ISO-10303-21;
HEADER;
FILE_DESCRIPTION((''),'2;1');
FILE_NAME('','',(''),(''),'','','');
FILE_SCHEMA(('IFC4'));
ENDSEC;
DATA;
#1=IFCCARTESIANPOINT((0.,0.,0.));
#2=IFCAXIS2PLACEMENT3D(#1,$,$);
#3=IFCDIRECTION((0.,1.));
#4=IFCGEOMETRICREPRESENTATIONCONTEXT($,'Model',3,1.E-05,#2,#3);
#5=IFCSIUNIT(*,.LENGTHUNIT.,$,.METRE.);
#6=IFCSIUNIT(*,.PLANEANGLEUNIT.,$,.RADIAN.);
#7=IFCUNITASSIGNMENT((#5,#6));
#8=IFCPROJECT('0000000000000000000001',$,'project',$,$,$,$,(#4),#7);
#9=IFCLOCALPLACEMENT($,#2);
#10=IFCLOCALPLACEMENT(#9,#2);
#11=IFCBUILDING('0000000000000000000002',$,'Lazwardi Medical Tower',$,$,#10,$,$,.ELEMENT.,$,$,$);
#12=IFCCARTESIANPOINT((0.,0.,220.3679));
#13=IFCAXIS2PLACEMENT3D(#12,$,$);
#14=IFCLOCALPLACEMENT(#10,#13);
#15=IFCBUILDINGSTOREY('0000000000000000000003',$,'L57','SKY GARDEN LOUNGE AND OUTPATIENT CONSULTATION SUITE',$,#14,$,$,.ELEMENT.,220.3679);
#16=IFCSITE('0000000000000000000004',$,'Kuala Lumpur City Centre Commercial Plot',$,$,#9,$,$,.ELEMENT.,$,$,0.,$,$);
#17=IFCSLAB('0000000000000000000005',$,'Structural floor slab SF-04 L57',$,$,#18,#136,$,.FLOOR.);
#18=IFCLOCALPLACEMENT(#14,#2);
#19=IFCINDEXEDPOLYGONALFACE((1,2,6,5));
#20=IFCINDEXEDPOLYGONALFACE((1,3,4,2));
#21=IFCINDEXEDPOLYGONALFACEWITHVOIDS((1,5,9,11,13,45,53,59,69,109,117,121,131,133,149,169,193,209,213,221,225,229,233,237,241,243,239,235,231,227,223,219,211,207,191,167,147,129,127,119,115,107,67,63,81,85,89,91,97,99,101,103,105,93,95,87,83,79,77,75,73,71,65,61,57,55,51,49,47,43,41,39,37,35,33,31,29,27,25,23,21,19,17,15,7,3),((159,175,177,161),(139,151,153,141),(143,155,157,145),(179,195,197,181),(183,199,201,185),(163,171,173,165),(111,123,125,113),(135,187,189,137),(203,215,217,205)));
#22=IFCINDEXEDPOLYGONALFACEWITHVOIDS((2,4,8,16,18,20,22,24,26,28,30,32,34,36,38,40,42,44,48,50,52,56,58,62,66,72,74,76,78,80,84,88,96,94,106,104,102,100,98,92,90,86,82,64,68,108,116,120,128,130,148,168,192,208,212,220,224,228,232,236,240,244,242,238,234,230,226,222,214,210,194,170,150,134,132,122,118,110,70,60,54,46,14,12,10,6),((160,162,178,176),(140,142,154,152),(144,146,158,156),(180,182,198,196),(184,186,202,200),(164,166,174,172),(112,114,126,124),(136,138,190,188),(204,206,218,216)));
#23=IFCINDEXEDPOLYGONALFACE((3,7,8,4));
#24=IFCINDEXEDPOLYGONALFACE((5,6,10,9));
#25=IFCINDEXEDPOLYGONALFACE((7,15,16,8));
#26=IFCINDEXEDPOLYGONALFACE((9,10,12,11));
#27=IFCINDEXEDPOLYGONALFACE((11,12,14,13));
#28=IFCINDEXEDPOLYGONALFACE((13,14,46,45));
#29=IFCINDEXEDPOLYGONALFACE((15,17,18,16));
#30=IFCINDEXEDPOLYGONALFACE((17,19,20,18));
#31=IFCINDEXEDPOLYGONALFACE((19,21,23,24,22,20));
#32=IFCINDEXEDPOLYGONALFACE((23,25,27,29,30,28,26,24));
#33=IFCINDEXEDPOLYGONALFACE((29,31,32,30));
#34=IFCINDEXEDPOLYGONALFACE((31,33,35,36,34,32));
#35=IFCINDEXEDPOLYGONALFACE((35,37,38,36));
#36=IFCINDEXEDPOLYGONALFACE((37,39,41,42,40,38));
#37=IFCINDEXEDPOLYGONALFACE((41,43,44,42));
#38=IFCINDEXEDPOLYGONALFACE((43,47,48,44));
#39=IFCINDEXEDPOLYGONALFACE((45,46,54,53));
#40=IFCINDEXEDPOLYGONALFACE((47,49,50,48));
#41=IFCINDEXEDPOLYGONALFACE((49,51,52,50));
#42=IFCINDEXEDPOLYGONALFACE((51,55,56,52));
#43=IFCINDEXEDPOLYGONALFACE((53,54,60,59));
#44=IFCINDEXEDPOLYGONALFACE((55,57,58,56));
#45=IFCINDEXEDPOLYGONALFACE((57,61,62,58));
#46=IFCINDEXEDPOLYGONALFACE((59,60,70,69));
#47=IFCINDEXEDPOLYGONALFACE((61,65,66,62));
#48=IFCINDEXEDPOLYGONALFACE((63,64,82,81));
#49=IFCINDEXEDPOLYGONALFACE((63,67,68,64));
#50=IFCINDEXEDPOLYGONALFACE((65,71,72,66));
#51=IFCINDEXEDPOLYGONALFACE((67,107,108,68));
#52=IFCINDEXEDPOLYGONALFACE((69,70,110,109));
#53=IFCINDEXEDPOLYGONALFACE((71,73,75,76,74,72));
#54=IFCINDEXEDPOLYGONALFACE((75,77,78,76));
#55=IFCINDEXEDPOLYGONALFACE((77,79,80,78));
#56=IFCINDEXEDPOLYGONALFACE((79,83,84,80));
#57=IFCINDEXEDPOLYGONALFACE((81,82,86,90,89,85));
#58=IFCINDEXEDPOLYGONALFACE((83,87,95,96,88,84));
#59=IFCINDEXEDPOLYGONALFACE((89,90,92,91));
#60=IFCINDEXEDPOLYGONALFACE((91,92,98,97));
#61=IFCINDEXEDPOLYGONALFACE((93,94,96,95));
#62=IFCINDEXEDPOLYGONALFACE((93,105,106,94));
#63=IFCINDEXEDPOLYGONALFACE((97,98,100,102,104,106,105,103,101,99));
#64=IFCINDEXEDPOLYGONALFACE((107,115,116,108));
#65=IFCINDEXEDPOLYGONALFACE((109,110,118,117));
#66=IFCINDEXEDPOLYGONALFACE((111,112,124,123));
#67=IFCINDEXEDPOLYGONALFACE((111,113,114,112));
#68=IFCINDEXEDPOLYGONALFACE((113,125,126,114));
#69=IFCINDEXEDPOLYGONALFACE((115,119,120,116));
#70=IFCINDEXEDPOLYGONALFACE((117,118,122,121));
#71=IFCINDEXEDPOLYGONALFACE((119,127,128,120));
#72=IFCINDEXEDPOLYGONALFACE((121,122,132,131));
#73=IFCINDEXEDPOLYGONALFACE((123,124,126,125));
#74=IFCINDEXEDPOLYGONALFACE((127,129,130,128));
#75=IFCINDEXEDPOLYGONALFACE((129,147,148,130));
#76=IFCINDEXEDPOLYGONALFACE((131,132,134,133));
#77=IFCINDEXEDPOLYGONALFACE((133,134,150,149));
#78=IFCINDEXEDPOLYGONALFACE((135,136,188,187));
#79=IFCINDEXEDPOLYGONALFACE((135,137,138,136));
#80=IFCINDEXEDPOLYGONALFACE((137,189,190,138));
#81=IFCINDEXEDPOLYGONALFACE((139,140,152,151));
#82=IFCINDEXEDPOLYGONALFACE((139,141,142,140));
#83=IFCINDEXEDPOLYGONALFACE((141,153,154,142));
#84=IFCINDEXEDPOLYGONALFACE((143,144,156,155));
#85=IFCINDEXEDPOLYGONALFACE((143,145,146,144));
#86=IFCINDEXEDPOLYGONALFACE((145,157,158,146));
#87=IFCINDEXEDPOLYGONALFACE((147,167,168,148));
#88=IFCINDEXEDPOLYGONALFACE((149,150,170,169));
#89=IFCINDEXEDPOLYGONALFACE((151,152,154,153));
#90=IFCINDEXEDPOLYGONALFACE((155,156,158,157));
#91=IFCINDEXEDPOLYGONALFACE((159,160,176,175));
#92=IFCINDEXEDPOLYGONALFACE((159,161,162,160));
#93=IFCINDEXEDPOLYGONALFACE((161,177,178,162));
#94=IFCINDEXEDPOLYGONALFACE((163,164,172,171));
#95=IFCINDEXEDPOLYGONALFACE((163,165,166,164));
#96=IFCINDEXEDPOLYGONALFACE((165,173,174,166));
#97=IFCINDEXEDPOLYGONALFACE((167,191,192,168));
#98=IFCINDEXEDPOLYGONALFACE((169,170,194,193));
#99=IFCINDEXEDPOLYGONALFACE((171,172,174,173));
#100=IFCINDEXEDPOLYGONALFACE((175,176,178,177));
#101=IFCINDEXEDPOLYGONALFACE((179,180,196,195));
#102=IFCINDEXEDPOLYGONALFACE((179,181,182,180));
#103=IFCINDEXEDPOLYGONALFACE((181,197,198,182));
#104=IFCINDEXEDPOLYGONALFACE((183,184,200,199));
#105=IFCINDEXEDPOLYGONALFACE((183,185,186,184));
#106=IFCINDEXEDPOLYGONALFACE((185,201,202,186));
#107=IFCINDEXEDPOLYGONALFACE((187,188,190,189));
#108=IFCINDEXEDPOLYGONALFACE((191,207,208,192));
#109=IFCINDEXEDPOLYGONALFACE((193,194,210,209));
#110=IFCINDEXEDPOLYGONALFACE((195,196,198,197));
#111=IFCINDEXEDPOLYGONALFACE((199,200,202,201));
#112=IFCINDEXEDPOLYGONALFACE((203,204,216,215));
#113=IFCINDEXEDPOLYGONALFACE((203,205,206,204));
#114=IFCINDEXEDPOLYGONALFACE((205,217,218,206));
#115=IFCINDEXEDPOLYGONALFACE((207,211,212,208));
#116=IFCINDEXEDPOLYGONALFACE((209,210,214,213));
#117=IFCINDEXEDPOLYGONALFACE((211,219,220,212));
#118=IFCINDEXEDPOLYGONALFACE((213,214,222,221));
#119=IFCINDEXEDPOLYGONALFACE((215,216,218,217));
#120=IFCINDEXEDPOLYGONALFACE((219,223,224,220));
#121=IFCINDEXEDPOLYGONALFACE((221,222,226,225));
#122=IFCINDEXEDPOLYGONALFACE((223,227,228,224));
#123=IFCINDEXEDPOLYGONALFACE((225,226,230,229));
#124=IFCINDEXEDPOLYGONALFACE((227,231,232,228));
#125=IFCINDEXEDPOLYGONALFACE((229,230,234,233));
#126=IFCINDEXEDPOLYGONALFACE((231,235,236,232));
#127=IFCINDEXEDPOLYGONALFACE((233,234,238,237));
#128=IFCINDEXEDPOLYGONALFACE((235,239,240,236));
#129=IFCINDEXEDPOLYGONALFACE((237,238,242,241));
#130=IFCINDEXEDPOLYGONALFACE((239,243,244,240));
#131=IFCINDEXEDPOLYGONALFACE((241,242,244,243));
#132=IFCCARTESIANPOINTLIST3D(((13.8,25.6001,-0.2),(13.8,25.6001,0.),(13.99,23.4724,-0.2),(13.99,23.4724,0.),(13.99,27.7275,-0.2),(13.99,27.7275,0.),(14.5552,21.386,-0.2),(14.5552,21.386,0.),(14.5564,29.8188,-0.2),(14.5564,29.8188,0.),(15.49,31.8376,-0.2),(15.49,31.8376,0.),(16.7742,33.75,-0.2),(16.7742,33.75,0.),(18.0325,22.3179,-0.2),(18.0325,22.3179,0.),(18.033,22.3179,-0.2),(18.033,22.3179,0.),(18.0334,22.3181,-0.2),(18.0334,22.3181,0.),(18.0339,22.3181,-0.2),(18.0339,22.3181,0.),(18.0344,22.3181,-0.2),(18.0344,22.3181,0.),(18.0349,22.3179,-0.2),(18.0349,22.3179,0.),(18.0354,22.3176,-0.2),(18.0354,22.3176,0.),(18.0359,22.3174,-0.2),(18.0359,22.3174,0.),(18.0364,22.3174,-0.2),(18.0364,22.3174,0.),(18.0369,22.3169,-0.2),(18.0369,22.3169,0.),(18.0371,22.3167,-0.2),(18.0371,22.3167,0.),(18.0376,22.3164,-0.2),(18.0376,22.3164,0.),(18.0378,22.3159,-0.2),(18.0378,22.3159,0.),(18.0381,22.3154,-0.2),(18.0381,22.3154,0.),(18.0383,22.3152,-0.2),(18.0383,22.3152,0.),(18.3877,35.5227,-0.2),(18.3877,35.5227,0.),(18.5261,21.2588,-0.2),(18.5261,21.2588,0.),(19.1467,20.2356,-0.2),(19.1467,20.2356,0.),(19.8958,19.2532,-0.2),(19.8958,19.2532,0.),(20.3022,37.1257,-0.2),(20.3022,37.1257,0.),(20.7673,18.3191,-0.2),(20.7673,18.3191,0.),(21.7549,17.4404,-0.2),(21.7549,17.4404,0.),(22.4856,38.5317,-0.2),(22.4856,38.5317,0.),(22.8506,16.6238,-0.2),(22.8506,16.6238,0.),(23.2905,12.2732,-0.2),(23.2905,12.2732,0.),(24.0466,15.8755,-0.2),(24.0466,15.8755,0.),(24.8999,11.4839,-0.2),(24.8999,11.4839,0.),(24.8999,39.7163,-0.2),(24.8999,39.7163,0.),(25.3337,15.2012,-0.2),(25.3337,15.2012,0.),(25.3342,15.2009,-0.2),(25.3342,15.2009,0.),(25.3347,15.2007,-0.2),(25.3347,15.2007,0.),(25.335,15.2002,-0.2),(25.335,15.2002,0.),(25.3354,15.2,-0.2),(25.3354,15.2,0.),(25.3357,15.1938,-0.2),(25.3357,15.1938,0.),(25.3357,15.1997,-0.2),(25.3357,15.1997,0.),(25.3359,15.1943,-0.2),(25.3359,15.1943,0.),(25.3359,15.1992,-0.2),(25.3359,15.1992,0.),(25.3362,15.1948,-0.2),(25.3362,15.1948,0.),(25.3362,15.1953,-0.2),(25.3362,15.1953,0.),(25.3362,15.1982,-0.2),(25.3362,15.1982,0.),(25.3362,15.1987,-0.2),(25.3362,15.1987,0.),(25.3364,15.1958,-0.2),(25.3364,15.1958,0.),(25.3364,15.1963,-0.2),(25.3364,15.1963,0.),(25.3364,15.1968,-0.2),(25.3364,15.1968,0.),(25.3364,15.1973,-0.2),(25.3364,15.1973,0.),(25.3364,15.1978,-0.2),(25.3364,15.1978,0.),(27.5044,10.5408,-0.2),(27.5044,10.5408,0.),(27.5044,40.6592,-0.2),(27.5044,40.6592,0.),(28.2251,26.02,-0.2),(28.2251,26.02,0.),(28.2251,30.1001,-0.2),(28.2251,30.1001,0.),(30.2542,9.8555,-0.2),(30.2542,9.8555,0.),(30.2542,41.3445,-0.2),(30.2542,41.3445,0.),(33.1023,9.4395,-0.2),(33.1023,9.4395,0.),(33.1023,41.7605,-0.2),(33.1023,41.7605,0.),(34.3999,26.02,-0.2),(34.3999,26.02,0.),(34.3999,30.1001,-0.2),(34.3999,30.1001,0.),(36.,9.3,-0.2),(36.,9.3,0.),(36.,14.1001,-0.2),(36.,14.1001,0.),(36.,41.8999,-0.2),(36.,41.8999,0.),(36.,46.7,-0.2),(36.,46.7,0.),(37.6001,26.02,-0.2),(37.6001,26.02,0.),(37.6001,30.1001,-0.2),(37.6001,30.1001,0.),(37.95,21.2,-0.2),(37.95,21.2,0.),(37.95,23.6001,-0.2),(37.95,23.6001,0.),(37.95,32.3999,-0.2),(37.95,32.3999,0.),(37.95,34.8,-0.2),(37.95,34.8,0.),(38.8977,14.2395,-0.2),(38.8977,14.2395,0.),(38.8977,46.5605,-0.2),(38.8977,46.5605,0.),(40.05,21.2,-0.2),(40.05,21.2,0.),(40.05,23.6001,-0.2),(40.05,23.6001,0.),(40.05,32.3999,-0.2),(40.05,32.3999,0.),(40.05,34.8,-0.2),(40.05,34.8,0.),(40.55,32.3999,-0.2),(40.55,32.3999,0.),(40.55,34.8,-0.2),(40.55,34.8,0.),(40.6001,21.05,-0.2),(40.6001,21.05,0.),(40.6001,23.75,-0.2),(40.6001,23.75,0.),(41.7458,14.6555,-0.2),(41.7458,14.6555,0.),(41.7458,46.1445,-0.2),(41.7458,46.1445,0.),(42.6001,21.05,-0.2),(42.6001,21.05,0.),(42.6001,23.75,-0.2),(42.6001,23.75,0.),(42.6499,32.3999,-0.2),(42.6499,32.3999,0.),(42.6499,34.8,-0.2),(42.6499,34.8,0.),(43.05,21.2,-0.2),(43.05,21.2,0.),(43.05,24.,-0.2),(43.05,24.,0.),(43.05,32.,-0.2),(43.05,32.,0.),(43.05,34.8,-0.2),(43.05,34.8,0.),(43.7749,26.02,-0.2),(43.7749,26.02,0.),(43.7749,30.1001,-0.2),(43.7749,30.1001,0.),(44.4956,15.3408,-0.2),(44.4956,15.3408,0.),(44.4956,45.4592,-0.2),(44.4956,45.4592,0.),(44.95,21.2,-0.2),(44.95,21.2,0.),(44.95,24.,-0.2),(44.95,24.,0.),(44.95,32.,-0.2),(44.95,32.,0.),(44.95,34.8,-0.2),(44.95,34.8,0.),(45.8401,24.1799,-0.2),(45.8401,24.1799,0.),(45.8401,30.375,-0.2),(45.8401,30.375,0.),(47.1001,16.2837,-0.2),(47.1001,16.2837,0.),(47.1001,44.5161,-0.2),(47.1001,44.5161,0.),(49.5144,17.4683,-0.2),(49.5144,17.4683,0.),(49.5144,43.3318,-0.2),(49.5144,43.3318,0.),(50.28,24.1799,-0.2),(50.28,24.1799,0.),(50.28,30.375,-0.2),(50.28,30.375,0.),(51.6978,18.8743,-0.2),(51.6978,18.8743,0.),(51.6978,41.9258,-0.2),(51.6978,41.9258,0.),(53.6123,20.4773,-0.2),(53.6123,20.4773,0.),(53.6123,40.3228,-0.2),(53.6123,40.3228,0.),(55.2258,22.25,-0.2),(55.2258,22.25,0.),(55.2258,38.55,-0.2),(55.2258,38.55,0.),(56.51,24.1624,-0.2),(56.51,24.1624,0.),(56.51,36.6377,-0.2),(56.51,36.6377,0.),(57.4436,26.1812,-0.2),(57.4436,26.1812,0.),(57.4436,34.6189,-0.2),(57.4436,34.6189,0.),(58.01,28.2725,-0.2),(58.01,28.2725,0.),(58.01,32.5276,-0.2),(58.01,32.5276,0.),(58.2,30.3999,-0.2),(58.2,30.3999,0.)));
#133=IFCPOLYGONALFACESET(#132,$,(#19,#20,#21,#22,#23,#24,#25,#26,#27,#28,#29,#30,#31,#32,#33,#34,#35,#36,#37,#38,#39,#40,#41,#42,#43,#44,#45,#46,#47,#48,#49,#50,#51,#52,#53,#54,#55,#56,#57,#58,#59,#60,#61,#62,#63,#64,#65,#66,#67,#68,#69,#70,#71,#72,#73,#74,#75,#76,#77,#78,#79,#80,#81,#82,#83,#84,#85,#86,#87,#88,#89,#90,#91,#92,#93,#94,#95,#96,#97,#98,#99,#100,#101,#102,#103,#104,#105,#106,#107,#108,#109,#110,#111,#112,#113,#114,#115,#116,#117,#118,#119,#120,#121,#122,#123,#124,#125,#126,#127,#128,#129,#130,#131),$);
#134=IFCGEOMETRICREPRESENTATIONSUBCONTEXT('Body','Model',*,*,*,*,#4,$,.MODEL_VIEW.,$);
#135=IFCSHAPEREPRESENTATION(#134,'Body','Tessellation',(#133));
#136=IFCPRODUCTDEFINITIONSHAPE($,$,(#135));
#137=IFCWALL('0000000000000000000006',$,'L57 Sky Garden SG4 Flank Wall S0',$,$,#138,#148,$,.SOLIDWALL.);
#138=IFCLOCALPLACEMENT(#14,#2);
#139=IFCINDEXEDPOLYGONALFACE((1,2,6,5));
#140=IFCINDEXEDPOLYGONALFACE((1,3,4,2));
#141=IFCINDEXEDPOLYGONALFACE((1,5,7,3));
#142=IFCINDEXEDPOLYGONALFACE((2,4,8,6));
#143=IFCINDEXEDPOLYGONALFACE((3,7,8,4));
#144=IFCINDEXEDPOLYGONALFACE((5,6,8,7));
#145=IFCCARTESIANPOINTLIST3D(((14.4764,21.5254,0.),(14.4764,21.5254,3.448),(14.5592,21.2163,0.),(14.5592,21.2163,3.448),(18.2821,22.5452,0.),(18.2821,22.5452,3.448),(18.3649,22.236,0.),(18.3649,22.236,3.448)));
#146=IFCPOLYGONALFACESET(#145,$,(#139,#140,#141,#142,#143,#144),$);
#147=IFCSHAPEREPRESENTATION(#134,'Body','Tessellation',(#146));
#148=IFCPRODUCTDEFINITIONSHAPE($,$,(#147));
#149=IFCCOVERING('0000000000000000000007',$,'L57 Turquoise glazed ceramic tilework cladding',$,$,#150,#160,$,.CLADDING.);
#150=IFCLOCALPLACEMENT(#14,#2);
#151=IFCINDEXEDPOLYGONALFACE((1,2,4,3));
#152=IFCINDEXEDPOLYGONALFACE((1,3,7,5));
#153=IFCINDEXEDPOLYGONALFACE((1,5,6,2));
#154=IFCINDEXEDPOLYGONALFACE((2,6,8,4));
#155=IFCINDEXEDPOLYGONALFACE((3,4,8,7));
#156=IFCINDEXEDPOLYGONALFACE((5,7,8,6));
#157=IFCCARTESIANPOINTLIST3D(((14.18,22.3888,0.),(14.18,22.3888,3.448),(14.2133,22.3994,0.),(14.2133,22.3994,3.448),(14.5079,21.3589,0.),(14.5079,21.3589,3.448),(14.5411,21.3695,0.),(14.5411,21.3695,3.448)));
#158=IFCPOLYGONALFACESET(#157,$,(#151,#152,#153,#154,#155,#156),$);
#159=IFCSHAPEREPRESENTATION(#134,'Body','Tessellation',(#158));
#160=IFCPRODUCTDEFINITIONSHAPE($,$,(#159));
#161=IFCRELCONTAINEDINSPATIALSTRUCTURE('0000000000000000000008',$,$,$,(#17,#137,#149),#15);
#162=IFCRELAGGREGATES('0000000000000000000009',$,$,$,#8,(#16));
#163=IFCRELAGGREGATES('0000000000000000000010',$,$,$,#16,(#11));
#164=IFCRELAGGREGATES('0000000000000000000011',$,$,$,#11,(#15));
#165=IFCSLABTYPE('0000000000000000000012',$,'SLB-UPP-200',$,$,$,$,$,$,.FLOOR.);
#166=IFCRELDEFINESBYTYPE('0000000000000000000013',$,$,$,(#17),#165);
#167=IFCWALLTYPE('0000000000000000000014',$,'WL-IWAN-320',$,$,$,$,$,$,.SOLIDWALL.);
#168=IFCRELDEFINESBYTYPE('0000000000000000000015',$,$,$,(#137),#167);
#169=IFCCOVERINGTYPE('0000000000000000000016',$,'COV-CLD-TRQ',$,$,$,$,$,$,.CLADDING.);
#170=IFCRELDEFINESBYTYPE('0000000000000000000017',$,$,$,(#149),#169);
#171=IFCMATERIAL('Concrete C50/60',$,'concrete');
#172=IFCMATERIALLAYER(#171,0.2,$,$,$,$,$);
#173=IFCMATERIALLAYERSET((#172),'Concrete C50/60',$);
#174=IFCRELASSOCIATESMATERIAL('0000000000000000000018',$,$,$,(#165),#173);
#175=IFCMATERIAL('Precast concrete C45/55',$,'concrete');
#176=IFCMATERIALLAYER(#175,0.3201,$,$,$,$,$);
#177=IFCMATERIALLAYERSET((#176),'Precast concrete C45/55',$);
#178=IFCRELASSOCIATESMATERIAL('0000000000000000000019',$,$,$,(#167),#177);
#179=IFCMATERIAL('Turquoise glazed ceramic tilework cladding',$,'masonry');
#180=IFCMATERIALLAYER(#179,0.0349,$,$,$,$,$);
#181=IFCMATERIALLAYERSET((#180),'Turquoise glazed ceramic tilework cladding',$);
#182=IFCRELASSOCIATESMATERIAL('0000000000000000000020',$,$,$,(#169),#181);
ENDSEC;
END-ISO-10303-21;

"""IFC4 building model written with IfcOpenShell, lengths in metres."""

from ifc_helpers import new_model, si_unit, direction, frame, frame_2d, origin, origin_2d, place, context, subcontext, project, spatial, polyline, rectangle, outline, extrude, material, layer, layer_set, type_object, element, save


model = new_model("IFC4")

# Units and contexts
model_context = context("Model", 3, precision=1e-05, world=origin(), true_north=direction((0.0, 1.0)))
body_context = subcontext(model_context, "Body", "Model", "MODEL_VIEW")
ifc_project = project(units=[si_unit("LENGTHUNIT", "METRE"), si_unit("PLANEANGLEUNIT", "RADIAN")], contexts=[model_context])

# Site, building, storey
site_placement = place(None, origin())
site = spatial("IfcSite", under=ifc_project, at=site_placement, Name="Kuala Lumpur City Centre Commercial Plot", CompositionType="ELEMENT", RefElevation=0.0)
building_placement = place(site_placement, origin())
building = spatial("IfcBuilding", under=site, at=building_placement, Name="Lazwardi Medical Tower", CompositionType="ELEMENT")
storey_placement = place(building_placement, frame((0.0, 0.0, 220.3679)))
storey = spatial("IfcBuildingStorey", under=building, at=storey_placement, Name="L57", Description="SKY GARDEN LOUNGE AND OUTPATIENT CONSULTATION SUITE", CompositionType="ELEMENT", Elevation=220.3679)

# Slab
ifc_material_1 = material(Name="Concrete C50/60", Category="concrete")
ifc_layer_1 = layer(ifc_material_1, 0.2)
ifc_layer_set_1 = layer_set([ifc_layer_1], Name="Concrete C50/60")
slab_type_1 = type_object("IfcSlabType", Name="SLB-UPP-200", PredefinedType="FLOOR", material=ifc_layer_set_1)
slab_1_placement = place(storey_placement, frame((0.0, 0.0, -0.2)))
element("IfcSlab", 1, at=slab_1_placement, inside=storey, type_object=slab_type_1, Name="Structural floor slab SF-04 L57", PredefinedType="FLOOR", context=body_context, shape_type="SweptSolid", body=[
    extrude(outline(polyline([(22.4856, 38.5317), (20.3022, 37.1257), (18.3877, 35.5227), (16.7742, 33.75), (15.49, 31.8376), (14.5564, 29.8188), (13.99, 27.7275), (13.8, 25.6001), (13.99, 23.4724), (14.5552, 21.386), (14.5552, 21.386), (18.0325, 22.3179), (18.033, 22.3179), (18.0334, 22.3181), (18.0339, 22.3181), (18.0344, 22.3181), (18.0349, 22.3179), (18.0354, 22.3176), (18.0359, 22.3174), (18.0364, 22.3174), (18.0369, 22.3169), (18.0371, 22.3167), (18.0376, 22.3164), (18.0378, 22.3159), (18.0381, 22.3154), (18.0383, 22.3152), (18.5261, 21.2588), (19.1467, 20.2356), (19.8958, 19.2532), (20.7673, 18.3191), (21.7549, 17.4404), (22.8506, 16.6238), (24.0466, 15.8755), (25.3337, 15.2012), (25.3342, 15.2009), (25.3347, 15.2007), (25.335, 15.2002), (25.3354, 15.2), (25.3357, 15.1997), (25.3359, 15.1992), (25.3362, 15.1987), (25.3362, 15.1982), (25.3364, 15.1978), (25.3364, 15.1973), (25.3364, 15.1968), (25.3364, 15.1963), (25.3364, 15.1958), (25.3362, 15.1953), (25.3362, 15.1948), (25.3359, 15.1943), (25.3357, 15.1938), (23.2905, 12.2732), (24.8999, 11.4839), (27.5044, 10.5408), (30.2542, 9.8555), (33.1023, 9.4395), (36.0, 9.3), (36.0, 14.1001), (38.8977, 14.2395), (41.7458, 14.6555), (44.4956, 15.3408), (47.1001, 16.2837), (49.5144, 17.4683), (51.6978, 18.8743), (53.6123, 20.4773), (55.2258, 22.25), (56.51, 24.1624), (57.4436, 26.1812), (58.01, 28.2725), (58.2, 30.3999), (58.01, 32.5276), (57.4436, 34.6189), (56.51, 36.6377), (55.2258, 38.55), (53.6123, 40.3228), (51.6978, 41.9258), (49.5144, 43.3318), (47.1001, 44.5161), (44.4956, 45.4592), (41.7458, 46.1445), (38.8977, 46.5605), (36.0, 46.7), (36.0, 41.8999), (33.1023, 41.7605), (30.2542, 41.3445), (27.5044, 40.6592), (24.8999, 39.7163), (22.4856, 38.5317)]), holes=[polyline([(28.2251, 26.02), (28.2251, 30.1001), (34.3999, 30.1001), (34.3999, 26.02), (28.2251, 26.02)]), polyline([(37.6001, 30.1001), (43.7749, 30.1001), (43.7749, 26.02), (37.6001, 26.02), (37.6001, 30.1001)]), polyline([(50.28, 30.375), (50.28, 24.1799), (45.8401, 24.1799), (45.8401, 30.375), (50.28, 30.375)]), polyline([(40.05, 32.3999), (37.95, 32.3999), (37.95, 34.8), (40.05, 34.8), (40.05, 32.3999)]), polyline([(40.55, 32.3999), (40.55, 34.8), (42.6499, 34.8), (42.6499, 32.3999), (40.55, 32.3999)]), polyline([(37.95, 23.6001), (40.05, 23.6001), (40.05, 21.2), (37.95, 21.2), (37.95, 23.6001)]), polyline([(44.95, 34.8), (44.95, 32.0), (43.05, 32.0), (43.05, 34.8), (44.95, 34.8)]), polyline([(44.95, 21.2), (43.05, 21.2), (43.05, 24.0), (44.95, 24.0), (44.95, 21.2)]), polyline([(40.6001, 21.05), (40.6001, 23.75), (42.6001, 23.75), (42.6001, 21.05), (40.6001, 21.05)])]), origin(), (0.0, 0.0, 1.0), 0.2),
])

# Wall
ifc_material_2 = material(Name="Precast concrete C45/55", Category="concrete")
ifc_layer_2 = layer(ifc_material_2, 0.3201)
ifc_layer_set_2 = layer_set([ifc_layer_2], Name="Precast concrete C45/55")
wall_type = type_object("IfcWallType", Name="WL-IWAN-320", PredefinedType="SOLIDWALL", material=ifc_layer_set_2)
wall_placement = place(storey_placement, frame((14.5178, 21.3708, 0.0), z_axis=(0.0, 0.0, 1.0), x_axis=(0.965923, 0.258831, 0.0)))
element("IfcWall", 2, at=wall_placement, inside=storey, type_object=wall_type, Name="L57 Sky Garden SG4 Flank Wall S0", PredefinedType="SOLIDWALL", context=body_context, shape_type="SweptSolid", body=[
    extrude(rectangle(XDim=3.9399, YDim=0.3201, at=frame_2d((1.97, 0.0))), origin(), (0.0, 0.0, 1.0), 3.448),
])

# Covering
ifc_material_3 = material(Name="Turquoise glazed ceramic tilework cladding", Category="masonry")
ifc_layer_3 = layer(ifc_material_3, 0.0349)
ifc_layer_set_3 = layer_set([ifc_layer_3], Name="Turquoise glazed ceramic tilework cladding")
covering_type_1 = type_object("IfcCoveringType", Name="COV-CLD-TRQ", PredefinedType="CLADDING", material=ifc_layer_set_3)
covering_1_placement = place(storey_placement, frame((14.3606, 21.8792, 0.0), z_axis=(0.0, 0.0, 1.0), x_axis=(0.303318, -0.952889, 0.0)))
element("IfcCovering", 3, at=covering_1_placement, inside=storey, type_object=covering_type_1, Name="L57 Turquoise glazed ceramic tilework cladding", PredefinedType="CLADDING", context=body_context, shape_type="SweptSolid", body=[
    extrude(rectangle(XDim=1.0808, YDim=0.0349, at=origin_2d()), origin(), (0.0, 0.0, 1.0), 3.448),
])

save(model, "model.ifc")
